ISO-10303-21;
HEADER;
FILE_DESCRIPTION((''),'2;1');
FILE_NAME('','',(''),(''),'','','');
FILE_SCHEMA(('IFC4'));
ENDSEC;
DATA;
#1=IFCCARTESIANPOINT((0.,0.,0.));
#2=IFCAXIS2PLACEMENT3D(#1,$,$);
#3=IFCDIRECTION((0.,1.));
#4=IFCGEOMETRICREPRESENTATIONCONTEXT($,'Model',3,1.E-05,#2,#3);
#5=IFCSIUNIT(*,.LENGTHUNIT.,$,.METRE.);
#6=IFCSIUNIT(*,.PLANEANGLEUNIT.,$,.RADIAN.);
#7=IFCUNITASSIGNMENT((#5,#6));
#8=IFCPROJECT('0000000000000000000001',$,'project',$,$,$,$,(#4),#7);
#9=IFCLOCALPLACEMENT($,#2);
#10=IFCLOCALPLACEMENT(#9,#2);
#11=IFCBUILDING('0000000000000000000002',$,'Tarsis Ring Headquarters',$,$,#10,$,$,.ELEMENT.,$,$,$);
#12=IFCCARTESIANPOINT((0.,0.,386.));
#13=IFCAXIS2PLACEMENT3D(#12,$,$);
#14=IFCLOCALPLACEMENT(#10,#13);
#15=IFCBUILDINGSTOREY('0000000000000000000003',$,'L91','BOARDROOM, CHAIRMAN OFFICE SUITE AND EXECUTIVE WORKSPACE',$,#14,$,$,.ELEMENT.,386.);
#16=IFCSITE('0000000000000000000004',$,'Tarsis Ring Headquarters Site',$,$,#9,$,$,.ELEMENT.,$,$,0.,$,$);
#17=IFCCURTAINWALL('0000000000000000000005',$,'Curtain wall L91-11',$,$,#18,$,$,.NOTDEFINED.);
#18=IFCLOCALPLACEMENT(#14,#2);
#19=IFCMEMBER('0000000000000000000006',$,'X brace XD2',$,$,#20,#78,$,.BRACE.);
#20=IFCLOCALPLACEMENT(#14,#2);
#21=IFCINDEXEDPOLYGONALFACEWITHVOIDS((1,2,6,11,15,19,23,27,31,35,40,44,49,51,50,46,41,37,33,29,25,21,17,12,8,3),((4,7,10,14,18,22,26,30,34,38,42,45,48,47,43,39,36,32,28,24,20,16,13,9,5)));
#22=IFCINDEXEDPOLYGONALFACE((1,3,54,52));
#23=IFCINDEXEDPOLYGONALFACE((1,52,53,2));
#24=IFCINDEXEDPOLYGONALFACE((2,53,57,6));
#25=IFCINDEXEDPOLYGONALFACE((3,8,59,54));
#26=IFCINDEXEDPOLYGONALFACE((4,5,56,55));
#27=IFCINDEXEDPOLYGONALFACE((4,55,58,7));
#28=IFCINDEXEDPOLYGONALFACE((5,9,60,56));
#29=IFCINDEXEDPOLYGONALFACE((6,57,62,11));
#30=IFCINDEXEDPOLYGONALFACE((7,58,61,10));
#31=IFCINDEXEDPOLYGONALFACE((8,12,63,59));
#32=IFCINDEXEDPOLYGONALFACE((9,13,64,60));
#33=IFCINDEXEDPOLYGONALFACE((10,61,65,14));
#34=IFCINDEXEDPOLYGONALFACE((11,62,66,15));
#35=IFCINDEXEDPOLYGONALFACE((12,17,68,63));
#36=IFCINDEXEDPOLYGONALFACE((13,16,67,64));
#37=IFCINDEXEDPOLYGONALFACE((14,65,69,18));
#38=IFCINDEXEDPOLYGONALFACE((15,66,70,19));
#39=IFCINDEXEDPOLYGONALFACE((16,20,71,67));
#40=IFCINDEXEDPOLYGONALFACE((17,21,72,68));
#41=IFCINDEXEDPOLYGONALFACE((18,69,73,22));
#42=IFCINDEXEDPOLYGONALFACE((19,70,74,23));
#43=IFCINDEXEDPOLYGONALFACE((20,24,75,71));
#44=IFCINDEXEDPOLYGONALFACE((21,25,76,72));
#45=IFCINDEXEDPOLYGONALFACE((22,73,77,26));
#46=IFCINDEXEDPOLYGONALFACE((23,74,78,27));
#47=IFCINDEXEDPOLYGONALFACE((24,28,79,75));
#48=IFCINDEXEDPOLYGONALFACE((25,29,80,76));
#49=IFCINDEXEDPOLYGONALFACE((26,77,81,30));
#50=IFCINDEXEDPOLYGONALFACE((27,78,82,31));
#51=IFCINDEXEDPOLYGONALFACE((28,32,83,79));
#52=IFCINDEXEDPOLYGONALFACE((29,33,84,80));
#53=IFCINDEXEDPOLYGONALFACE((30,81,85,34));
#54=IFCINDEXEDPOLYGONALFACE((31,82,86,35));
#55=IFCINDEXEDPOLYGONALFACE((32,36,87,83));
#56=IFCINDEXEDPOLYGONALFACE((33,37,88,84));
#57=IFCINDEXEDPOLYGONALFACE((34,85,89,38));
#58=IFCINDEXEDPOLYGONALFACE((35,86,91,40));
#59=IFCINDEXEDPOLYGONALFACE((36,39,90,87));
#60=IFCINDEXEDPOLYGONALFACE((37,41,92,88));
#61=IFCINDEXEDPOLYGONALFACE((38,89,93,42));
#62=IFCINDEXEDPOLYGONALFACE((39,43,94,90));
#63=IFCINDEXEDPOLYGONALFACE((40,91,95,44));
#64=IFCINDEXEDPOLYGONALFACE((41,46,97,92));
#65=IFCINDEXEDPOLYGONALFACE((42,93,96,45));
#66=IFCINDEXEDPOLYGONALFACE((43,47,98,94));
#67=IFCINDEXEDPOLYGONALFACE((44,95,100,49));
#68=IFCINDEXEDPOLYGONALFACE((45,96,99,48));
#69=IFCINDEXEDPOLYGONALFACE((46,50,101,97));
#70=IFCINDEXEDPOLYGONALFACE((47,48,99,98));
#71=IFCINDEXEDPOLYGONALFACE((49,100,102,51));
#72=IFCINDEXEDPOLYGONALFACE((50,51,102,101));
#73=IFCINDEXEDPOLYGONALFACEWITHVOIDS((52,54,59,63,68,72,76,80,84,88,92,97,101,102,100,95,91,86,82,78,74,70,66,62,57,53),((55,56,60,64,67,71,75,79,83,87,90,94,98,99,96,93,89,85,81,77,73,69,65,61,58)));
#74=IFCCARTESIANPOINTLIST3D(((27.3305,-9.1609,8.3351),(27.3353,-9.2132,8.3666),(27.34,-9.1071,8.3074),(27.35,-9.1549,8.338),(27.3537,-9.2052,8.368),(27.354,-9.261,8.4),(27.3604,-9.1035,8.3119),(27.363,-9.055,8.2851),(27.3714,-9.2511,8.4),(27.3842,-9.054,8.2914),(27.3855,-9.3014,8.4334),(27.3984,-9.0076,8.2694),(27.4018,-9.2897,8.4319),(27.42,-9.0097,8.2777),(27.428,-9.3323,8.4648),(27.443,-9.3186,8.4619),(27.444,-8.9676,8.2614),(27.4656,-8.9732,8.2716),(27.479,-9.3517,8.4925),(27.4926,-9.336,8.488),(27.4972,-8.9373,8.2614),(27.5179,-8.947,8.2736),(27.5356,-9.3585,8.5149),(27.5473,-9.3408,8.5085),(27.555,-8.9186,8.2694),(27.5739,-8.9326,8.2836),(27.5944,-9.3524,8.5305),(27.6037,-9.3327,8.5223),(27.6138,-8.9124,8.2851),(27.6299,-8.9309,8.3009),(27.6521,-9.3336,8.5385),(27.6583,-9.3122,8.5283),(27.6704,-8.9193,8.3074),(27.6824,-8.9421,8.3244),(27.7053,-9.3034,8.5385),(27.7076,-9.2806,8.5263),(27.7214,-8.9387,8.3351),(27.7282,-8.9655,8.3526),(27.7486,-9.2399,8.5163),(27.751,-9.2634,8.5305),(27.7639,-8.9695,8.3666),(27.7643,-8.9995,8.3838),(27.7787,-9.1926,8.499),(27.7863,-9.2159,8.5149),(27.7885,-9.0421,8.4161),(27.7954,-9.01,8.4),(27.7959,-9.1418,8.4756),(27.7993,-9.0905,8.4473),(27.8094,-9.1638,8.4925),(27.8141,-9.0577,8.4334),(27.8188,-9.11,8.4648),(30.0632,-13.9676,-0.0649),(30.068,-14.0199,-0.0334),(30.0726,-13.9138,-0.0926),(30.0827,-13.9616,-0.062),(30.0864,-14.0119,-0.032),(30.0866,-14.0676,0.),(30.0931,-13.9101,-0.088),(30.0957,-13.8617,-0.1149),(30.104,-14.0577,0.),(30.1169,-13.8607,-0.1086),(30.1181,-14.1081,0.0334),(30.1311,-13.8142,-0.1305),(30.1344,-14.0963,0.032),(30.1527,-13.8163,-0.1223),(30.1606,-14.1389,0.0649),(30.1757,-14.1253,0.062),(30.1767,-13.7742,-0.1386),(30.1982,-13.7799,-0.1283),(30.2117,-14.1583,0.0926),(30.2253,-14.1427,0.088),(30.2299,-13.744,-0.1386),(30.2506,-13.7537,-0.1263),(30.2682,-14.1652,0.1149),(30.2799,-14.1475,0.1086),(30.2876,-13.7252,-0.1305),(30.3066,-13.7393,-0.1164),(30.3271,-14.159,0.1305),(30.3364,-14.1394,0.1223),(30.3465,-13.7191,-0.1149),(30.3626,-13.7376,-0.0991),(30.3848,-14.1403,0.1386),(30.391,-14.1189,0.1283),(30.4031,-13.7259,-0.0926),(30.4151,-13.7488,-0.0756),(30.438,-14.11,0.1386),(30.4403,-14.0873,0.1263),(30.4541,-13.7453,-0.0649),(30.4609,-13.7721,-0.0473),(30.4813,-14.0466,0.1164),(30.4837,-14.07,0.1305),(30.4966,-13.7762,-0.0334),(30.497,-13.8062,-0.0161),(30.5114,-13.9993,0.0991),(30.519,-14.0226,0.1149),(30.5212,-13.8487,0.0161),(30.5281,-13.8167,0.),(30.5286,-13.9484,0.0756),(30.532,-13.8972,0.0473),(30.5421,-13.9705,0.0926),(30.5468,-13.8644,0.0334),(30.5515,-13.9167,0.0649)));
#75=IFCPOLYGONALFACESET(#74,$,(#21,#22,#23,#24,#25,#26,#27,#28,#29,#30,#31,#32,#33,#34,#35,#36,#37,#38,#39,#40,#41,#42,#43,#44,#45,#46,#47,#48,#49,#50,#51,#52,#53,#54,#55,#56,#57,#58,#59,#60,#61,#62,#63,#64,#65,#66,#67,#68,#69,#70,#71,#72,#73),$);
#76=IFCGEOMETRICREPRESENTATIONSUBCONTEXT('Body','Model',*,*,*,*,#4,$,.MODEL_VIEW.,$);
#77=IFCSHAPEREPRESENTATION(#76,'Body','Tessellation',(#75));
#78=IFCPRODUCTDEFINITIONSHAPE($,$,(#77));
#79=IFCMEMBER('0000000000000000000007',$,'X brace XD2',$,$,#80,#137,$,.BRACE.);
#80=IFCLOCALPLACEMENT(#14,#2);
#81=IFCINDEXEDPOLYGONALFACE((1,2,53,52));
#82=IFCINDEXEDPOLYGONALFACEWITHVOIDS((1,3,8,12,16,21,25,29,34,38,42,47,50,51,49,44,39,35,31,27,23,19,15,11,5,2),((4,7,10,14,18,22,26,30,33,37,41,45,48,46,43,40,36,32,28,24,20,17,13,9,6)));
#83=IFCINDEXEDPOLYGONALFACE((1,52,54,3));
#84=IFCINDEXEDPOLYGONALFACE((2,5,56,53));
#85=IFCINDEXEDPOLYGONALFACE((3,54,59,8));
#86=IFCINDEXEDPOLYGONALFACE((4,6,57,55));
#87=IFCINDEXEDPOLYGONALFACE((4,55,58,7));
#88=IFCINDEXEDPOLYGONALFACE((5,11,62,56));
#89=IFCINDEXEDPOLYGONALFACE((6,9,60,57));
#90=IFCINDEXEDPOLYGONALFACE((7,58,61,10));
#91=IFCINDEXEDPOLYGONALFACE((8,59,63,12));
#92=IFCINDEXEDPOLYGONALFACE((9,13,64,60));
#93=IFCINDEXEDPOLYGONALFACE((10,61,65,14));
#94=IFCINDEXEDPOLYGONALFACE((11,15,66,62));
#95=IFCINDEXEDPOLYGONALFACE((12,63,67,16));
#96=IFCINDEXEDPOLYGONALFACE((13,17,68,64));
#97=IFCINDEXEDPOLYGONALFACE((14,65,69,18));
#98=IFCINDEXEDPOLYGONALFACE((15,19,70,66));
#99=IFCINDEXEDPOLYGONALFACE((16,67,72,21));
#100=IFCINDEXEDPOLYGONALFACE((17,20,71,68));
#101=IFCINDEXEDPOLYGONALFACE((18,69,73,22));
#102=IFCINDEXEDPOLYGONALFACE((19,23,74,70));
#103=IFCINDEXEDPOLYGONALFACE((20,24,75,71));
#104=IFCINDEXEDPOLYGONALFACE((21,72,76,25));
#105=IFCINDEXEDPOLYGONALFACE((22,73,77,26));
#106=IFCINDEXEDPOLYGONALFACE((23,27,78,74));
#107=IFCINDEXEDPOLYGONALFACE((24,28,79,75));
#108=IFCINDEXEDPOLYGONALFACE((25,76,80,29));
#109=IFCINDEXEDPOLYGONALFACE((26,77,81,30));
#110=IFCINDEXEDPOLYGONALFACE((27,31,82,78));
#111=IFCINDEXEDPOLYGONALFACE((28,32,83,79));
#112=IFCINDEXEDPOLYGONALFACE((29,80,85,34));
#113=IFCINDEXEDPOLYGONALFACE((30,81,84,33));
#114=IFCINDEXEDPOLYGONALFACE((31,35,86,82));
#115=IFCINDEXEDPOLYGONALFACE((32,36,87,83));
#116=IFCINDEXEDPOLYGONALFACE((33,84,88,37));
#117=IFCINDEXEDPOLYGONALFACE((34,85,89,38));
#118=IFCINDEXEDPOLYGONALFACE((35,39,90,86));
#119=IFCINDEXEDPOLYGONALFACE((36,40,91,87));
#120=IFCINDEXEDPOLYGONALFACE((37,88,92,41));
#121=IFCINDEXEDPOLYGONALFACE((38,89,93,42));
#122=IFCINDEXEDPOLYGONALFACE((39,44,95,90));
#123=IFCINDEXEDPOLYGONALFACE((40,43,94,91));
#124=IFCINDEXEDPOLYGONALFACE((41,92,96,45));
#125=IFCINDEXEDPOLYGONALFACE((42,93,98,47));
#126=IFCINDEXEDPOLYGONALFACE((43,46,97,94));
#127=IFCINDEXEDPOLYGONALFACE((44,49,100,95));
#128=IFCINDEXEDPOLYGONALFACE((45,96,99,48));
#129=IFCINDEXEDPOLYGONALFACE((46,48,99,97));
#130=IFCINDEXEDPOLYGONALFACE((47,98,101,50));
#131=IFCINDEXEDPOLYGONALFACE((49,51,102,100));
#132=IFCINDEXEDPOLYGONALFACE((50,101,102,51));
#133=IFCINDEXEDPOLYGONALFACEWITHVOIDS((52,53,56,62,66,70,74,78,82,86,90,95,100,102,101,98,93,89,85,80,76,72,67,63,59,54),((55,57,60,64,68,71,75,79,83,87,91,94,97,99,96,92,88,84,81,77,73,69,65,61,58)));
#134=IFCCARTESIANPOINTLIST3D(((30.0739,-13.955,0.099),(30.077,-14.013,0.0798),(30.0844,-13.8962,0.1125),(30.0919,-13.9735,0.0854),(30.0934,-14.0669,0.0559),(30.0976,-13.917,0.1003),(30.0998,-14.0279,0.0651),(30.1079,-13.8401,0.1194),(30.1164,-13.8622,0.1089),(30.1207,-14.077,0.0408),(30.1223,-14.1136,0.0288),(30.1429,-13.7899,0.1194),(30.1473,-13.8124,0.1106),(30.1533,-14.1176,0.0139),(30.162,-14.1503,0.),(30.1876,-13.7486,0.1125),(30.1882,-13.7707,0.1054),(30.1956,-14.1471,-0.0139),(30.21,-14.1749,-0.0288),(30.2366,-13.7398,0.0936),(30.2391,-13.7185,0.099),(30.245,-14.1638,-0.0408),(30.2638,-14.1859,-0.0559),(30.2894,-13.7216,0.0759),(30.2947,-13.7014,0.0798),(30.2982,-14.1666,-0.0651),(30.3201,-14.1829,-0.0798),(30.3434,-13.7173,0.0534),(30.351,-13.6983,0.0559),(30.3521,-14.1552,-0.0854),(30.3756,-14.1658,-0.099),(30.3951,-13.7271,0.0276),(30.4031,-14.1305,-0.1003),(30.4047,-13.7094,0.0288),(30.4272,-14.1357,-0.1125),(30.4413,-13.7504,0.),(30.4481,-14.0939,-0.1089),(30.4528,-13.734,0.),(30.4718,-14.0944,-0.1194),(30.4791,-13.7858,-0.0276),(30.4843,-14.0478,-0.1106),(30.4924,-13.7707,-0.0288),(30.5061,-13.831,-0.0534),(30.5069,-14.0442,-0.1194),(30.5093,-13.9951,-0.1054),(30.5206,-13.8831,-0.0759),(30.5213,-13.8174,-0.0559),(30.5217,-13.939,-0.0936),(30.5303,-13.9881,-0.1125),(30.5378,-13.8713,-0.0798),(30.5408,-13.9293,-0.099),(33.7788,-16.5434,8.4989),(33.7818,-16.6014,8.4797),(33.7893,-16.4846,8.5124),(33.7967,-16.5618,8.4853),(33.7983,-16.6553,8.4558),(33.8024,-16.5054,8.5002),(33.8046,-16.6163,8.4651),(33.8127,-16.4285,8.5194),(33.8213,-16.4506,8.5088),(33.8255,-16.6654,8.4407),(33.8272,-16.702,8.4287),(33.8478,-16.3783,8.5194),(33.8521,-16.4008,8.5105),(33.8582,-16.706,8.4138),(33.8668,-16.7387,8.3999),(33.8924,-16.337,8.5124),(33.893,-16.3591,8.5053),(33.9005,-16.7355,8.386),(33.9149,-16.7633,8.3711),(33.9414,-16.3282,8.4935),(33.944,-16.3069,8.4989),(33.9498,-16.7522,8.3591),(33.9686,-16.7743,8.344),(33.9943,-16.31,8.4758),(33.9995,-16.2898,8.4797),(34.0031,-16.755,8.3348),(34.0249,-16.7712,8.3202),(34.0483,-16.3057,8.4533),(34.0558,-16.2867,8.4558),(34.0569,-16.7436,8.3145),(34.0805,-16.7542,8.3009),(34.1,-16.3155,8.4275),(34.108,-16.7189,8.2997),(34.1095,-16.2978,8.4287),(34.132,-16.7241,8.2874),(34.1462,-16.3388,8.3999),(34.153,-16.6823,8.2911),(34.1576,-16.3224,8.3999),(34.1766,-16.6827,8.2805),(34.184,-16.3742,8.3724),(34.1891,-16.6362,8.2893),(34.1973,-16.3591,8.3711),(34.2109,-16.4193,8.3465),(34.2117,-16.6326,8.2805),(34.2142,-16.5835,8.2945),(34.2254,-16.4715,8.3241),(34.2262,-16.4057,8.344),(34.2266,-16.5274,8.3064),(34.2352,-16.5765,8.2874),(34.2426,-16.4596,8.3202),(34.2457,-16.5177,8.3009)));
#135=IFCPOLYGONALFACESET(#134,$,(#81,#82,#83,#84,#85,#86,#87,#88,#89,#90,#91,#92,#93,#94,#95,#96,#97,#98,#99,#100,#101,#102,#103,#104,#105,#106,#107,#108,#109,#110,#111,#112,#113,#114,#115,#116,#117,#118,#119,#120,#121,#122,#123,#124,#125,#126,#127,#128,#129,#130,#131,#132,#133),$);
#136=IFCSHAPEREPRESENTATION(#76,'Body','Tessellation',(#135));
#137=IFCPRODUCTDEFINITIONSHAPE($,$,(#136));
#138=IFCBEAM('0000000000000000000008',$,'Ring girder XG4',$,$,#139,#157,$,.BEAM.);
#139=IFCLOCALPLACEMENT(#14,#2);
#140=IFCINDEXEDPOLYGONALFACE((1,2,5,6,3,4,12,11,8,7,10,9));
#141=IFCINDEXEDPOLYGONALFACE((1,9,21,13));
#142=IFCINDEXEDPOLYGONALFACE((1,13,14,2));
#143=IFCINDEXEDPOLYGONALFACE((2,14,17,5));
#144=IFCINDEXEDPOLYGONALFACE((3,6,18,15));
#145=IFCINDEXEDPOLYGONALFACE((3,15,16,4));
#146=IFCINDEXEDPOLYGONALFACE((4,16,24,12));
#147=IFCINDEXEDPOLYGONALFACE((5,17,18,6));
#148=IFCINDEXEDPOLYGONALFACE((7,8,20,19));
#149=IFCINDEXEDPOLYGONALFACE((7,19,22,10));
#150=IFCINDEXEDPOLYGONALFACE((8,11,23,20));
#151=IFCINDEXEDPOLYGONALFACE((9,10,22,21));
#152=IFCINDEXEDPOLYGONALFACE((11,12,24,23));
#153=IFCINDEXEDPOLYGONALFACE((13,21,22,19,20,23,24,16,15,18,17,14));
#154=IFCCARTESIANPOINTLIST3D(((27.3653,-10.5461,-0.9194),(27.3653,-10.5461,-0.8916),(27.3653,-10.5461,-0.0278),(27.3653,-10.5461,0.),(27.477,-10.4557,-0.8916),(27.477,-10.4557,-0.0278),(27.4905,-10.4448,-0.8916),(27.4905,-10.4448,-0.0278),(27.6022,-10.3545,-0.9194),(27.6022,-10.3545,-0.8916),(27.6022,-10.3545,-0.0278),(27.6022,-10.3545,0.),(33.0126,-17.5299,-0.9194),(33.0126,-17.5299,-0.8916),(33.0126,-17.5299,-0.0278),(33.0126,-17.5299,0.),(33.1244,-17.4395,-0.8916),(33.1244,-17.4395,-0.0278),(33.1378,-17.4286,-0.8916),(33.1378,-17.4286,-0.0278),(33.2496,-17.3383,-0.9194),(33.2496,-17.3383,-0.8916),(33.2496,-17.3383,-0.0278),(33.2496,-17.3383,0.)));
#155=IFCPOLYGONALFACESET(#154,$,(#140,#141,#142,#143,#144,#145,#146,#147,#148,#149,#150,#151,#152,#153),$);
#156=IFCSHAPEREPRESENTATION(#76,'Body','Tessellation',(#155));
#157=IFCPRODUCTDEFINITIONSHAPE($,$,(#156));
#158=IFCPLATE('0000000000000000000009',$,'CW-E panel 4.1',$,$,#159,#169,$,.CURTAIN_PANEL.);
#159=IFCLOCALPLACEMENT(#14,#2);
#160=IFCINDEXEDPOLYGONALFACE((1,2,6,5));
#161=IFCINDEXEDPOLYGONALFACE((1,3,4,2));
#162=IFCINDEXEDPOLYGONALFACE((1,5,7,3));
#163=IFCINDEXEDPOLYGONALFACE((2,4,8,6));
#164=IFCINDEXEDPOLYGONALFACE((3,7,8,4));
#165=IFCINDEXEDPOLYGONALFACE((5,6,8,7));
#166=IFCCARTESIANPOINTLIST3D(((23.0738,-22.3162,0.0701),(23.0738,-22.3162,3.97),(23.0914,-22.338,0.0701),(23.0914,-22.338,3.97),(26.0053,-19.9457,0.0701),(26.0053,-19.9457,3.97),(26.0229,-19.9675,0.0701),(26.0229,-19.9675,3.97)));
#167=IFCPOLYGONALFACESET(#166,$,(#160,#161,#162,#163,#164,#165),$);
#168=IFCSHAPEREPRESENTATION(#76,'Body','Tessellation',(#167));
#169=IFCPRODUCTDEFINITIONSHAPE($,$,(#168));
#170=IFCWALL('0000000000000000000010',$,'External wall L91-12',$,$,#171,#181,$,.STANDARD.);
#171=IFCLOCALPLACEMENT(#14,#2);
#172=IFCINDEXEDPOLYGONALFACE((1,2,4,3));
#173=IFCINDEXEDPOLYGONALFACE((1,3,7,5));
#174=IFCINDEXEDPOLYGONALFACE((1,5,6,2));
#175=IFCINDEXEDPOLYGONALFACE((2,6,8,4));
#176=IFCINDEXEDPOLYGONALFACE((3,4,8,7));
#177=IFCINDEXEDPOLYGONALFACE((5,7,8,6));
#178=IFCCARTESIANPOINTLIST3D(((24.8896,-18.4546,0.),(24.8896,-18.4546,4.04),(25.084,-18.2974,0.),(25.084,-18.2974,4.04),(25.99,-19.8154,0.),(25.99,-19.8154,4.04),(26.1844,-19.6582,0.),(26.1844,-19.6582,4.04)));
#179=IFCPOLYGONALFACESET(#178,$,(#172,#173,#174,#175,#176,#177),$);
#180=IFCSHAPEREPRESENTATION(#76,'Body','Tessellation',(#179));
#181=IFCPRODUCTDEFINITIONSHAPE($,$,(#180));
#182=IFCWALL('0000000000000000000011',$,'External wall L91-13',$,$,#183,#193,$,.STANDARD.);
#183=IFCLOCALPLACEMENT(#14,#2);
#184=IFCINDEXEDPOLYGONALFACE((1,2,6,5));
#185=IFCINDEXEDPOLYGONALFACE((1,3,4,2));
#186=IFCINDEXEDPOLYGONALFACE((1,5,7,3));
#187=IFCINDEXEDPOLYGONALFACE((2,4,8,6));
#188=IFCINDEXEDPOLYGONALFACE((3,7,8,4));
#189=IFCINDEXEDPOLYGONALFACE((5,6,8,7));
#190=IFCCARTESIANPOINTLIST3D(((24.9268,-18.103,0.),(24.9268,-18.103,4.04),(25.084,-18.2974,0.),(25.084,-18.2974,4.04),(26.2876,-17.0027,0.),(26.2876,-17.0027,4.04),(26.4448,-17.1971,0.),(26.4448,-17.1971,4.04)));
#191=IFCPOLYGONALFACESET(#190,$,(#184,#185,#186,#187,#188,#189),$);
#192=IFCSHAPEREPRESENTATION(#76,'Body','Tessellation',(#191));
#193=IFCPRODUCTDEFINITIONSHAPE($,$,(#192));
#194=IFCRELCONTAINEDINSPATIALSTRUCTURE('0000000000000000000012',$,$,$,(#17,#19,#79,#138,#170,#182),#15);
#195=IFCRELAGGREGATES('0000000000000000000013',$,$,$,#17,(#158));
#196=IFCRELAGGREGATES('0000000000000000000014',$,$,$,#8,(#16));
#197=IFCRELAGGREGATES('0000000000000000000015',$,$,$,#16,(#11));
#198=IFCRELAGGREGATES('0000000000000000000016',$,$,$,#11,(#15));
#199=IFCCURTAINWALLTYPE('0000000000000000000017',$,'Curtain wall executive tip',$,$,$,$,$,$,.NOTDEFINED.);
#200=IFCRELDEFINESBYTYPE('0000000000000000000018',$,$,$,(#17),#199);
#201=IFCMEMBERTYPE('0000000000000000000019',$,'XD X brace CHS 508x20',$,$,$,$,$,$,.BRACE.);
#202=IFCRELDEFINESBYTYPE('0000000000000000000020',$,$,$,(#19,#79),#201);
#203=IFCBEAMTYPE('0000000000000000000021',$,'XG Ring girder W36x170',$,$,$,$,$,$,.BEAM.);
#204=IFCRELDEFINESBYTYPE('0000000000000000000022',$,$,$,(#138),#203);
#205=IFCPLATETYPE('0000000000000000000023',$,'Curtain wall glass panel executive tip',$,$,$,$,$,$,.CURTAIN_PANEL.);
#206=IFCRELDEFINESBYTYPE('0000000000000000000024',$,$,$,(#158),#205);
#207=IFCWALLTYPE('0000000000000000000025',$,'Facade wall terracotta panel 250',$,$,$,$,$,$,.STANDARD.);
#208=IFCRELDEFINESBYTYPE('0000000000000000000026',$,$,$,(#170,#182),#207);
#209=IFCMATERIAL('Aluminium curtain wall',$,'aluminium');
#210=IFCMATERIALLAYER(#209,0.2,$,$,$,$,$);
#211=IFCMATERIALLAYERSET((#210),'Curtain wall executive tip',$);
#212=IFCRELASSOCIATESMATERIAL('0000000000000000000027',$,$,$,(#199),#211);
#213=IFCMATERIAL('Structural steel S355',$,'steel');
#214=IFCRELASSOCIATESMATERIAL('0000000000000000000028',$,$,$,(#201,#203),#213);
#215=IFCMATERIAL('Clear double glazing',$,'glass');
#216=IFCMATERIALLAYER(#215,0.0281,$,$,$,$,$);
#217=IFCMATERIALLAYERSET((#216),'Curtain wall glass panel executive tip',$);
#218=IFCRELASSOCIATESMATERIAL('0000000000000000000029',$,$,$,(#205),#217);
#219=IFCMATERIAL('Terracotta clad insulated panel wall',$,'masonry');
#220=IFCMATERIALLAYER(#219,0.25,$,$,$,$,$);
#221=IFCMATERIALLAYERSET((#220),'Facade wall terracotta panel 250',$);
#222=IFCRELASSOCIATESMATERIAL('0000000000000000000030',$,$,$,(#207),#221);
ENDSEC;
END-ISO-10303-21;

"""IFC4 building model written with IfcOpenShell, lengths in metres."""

from ifc_helpers import new_model, si_unit, direction, frame, frame_2d, origin, origin_2d, place, context, subcontext, project, spatial, rectangle, hollow_circle, i_section, extrude, material, layer, layer_set, material_profile, profile_set, type_object, element, aggregate, save


model = new_model("IFC4")

# Units and contexts
model_context = context("Model", 3, precision=1e-05, world=origin(), true_north=direction((0.0, 1.0)))
body_context = subcontext(model_context, "Body", "Model", "MODEL_VIEW")
ifc_project = project(units=[si_unit("LENGTHUNIT", "METRE"), si_unit("PLANEANGLEUNIT", "RADIAN")], contexts=[model_context])

# Site, building, storey
site_placement = place(None, origin())
site = spatial("IfcSite", under=ifc_project, at=site_placement, Name="Tarsis Ring Headquarters Site", CompositionType="ELEMENT", RefElevation=0.0)
building_placement = place(site_placement, origin())
building = spatial("IfcBuilding", under=site, at=building_placement, Name="Tarsis Ring Headquarters", CompositionType="ELEMENT")
storey_placement = place(building_placement, frame((0.0, 0.0, 386.0)))
storey = spatial("IfcBuildingStorey", under=building, at=storey_placement, Name="L91", Description="BOARDROOM, CHAIRMAN OFFICE SUITE AND EXECUTIVE WORKSPACE", CompositionType="ELEMENT", Elevation=386.0)

# Shared definitions
ifc_material_1 = material(Name="Structural steel S355", Category="steel")

# Curtain wall
ifc_material_2 = material(Name="Aluminium curtain wall", Category="aluminium")
ifc_layer_1 = layer(ifc_material_2, 0.2)
ifc_layer_set_1 = layer_set([ifc_layer_1], Name="Curtain wall executive tip")
curtain_wall_type = type_object("IfcCurtainWallType", Name="Curtain wall executive tip", PredefinedType="NOTDEFINED", material=ifc_layer_set_1)
curtain_wall_placement = place(storey_placement, origin())
curtain_wall = element("IfcCurtainWall", 1, at=curtain_wall_placement, inside=storey, type_object=curtain_wall_type, Name="Curtain wall L91-11", PredefinedType="NOTDEFINED")

# Members
ifc_material_profile_1 = material_profile(ifc_material_1, hollow_circle(Radius=0.2539, WallThickness=0.02, at=origin_2d()), Name="CHS 508x20")
ifc_profile_set_1 = profile_set([ifc_material_profile_1], Name="Structural steel S355")
member_type_1 = type_object("IfcMemberType", Name="XD X brace CHS 508x20", PredefinedType="BRACE", material=ifc_profile_set_1)
member_1_placement = place(storey_placement, frame((30.3074, -13.9421, 0.0), z_axis=(-0.271736, 0.477972, 0.835286), x_axis=(-0.869331, -0.494231, 0.0)))
element("IfcMember", 2, at=member_1_placement, inside=storey, type_object=member_type_1, Name="X brace XD2", PredefinedType="BRACE", context=body_context, shape_type="SweptSolid", body=[
    extrude(hollow_circle(Radius=0.2539, WallThickness=0.02, at=origin_2d()), origin(), (0.0, 0.0, 1.0), 10.0564),
])
member_2_placement = place(storey_placement, frame((30.3074, -13.9421, 0.0), z_axis=(0.388407, -0.27136, 0.880627), x_axis=(0.572719, 0.819752, 0.0)))
element("IfcMember", 3, at=member_2_placement, inside=storey, type_object=member_type_1, Name="X brace XD2", PredefinedType="BRACE", context=body_context, shape_type="SweptSolid", body=[
    extrude(hollow_circle(Radius=0.2539, WallThickness=0.02, at=origin_2d()), origin(), (0.0, 0.0, 1.0), 9.5386),
])

# Beam
ifc_material_profile_2 = material_profile(ifc_material_1, i_section(OverallWidth=0.3047, OverallDepth=0.9194, WebThickness=0.0173, FlangeThickness=0.0278, at=origin_2d()), Name="W36x170")
ifc_profile_set_2 = profile_set([ifc_material_profile_2], Name="Structural steel S355")
beam_type = type_object("IfcBeamType", Name="XG Ring girder W36x170", PredefinedType="BEAM", material=ifc_profile_set_2)
beam_placement = place(storey_placement, frame((33.1311, -17.4341, -0.4597), z_axis=(-0.628784, 0.77758, 0.0), x_axis=(-0.77758, -0.628784, 0.0)))
element("IfcBeam", 4, at=beam_placement, inside=storey, type_object=beam_type, Name="Ring girder XG4", PredefinedType="BEAM", context=body_context, shape_type="SweptSolid", body=[
    extrude(i_section(OverallWidth=0.3047, OverallDepth=0.9194, WebThickness=0.0173, FlangeThickness=0.0278, at=origin_2d()), origin(), (0.0, 0.0, 1.0), 8.9814),
])

# Plate
ifc_material_3 = material(Name="Clear double glazing", Category="glass")
ifc_layer_2 = layer(ifc_material_3, 0.0281)
ifc_layer_set_2 = layer_set([ifc_layer_2], Name="Curtain wall glass panel executive tip")
plate_type = type_object("IfcPlateType", Name="Curtain wall glass panel executive tip", PredefinedType="CURTAIN_PANEL", material=ifc_layer_set_2)
plate_placement = place(storey_placement, frame((24.5483, -21.1418, 0.0701), z_axis=(0.0, 0.0, 1.0), x_axis=(0.777585, 0.628778, 0.0)))
plate = element("IfcPlate", 5, at=plate_placement, type_object=plate_type, Name="CW-E panel 4.1", PredefinedType="CURTAIN_PANEL", context=body_context, shape_type="SweptSolid", body=[
    extrude(rectangle(XDim=3.77, YDim=0.0281, at=origin_2d()), origin(), (0.0, 0.0, 1.0), 3.8999),
])
aggregate(curtain_wall, [plate])

# Walls
ifc_material_4 = material(Name="Terracotta clad insulated panel wall", Category="masonry")
ifc_layer_3 = layer(ifc_material_4, 0.25)
ifc_layer_set_3 = layer_set([ifc_layer_3], Name="Facade wall terracotta panel 250")
wall_type = type_object("IfcWallType", Name="Facade wall terracotta panel 250", PredefinedType="STANDARD", material=ifc_layer_set_3)
for number, where, z_axis, x_axis, name in (
    (6, (26.0872, -19.7368, 0.0), (0.0, 0.0, 1.0), (-0.628753, 0.777605, 0.0), "External wall L91-12"),
    (7, (25.0054, -18.2002, 0.0), (0.0, 0.0, 1.0), (0.777605, 0.628753, 0.0), "External wall L91-13"),
):
    element("IfcWall", number, at=place(storey_placement, frame(where, z_axis=z_axis, x_axis=x_axis)), inside=storey, type_object=wall_type, Name=name, PredefinedType="STANDARD", context=body_context, shape_type="SweptSolid", body=[
        extrude(rectangle(XDim=1.75, YDim=0.25, at=frame_2d((0.875, 0.0))), origin(), (0.0, 0.0, 1.0), 4.04),
    ])

save(model, "model.ifc")
